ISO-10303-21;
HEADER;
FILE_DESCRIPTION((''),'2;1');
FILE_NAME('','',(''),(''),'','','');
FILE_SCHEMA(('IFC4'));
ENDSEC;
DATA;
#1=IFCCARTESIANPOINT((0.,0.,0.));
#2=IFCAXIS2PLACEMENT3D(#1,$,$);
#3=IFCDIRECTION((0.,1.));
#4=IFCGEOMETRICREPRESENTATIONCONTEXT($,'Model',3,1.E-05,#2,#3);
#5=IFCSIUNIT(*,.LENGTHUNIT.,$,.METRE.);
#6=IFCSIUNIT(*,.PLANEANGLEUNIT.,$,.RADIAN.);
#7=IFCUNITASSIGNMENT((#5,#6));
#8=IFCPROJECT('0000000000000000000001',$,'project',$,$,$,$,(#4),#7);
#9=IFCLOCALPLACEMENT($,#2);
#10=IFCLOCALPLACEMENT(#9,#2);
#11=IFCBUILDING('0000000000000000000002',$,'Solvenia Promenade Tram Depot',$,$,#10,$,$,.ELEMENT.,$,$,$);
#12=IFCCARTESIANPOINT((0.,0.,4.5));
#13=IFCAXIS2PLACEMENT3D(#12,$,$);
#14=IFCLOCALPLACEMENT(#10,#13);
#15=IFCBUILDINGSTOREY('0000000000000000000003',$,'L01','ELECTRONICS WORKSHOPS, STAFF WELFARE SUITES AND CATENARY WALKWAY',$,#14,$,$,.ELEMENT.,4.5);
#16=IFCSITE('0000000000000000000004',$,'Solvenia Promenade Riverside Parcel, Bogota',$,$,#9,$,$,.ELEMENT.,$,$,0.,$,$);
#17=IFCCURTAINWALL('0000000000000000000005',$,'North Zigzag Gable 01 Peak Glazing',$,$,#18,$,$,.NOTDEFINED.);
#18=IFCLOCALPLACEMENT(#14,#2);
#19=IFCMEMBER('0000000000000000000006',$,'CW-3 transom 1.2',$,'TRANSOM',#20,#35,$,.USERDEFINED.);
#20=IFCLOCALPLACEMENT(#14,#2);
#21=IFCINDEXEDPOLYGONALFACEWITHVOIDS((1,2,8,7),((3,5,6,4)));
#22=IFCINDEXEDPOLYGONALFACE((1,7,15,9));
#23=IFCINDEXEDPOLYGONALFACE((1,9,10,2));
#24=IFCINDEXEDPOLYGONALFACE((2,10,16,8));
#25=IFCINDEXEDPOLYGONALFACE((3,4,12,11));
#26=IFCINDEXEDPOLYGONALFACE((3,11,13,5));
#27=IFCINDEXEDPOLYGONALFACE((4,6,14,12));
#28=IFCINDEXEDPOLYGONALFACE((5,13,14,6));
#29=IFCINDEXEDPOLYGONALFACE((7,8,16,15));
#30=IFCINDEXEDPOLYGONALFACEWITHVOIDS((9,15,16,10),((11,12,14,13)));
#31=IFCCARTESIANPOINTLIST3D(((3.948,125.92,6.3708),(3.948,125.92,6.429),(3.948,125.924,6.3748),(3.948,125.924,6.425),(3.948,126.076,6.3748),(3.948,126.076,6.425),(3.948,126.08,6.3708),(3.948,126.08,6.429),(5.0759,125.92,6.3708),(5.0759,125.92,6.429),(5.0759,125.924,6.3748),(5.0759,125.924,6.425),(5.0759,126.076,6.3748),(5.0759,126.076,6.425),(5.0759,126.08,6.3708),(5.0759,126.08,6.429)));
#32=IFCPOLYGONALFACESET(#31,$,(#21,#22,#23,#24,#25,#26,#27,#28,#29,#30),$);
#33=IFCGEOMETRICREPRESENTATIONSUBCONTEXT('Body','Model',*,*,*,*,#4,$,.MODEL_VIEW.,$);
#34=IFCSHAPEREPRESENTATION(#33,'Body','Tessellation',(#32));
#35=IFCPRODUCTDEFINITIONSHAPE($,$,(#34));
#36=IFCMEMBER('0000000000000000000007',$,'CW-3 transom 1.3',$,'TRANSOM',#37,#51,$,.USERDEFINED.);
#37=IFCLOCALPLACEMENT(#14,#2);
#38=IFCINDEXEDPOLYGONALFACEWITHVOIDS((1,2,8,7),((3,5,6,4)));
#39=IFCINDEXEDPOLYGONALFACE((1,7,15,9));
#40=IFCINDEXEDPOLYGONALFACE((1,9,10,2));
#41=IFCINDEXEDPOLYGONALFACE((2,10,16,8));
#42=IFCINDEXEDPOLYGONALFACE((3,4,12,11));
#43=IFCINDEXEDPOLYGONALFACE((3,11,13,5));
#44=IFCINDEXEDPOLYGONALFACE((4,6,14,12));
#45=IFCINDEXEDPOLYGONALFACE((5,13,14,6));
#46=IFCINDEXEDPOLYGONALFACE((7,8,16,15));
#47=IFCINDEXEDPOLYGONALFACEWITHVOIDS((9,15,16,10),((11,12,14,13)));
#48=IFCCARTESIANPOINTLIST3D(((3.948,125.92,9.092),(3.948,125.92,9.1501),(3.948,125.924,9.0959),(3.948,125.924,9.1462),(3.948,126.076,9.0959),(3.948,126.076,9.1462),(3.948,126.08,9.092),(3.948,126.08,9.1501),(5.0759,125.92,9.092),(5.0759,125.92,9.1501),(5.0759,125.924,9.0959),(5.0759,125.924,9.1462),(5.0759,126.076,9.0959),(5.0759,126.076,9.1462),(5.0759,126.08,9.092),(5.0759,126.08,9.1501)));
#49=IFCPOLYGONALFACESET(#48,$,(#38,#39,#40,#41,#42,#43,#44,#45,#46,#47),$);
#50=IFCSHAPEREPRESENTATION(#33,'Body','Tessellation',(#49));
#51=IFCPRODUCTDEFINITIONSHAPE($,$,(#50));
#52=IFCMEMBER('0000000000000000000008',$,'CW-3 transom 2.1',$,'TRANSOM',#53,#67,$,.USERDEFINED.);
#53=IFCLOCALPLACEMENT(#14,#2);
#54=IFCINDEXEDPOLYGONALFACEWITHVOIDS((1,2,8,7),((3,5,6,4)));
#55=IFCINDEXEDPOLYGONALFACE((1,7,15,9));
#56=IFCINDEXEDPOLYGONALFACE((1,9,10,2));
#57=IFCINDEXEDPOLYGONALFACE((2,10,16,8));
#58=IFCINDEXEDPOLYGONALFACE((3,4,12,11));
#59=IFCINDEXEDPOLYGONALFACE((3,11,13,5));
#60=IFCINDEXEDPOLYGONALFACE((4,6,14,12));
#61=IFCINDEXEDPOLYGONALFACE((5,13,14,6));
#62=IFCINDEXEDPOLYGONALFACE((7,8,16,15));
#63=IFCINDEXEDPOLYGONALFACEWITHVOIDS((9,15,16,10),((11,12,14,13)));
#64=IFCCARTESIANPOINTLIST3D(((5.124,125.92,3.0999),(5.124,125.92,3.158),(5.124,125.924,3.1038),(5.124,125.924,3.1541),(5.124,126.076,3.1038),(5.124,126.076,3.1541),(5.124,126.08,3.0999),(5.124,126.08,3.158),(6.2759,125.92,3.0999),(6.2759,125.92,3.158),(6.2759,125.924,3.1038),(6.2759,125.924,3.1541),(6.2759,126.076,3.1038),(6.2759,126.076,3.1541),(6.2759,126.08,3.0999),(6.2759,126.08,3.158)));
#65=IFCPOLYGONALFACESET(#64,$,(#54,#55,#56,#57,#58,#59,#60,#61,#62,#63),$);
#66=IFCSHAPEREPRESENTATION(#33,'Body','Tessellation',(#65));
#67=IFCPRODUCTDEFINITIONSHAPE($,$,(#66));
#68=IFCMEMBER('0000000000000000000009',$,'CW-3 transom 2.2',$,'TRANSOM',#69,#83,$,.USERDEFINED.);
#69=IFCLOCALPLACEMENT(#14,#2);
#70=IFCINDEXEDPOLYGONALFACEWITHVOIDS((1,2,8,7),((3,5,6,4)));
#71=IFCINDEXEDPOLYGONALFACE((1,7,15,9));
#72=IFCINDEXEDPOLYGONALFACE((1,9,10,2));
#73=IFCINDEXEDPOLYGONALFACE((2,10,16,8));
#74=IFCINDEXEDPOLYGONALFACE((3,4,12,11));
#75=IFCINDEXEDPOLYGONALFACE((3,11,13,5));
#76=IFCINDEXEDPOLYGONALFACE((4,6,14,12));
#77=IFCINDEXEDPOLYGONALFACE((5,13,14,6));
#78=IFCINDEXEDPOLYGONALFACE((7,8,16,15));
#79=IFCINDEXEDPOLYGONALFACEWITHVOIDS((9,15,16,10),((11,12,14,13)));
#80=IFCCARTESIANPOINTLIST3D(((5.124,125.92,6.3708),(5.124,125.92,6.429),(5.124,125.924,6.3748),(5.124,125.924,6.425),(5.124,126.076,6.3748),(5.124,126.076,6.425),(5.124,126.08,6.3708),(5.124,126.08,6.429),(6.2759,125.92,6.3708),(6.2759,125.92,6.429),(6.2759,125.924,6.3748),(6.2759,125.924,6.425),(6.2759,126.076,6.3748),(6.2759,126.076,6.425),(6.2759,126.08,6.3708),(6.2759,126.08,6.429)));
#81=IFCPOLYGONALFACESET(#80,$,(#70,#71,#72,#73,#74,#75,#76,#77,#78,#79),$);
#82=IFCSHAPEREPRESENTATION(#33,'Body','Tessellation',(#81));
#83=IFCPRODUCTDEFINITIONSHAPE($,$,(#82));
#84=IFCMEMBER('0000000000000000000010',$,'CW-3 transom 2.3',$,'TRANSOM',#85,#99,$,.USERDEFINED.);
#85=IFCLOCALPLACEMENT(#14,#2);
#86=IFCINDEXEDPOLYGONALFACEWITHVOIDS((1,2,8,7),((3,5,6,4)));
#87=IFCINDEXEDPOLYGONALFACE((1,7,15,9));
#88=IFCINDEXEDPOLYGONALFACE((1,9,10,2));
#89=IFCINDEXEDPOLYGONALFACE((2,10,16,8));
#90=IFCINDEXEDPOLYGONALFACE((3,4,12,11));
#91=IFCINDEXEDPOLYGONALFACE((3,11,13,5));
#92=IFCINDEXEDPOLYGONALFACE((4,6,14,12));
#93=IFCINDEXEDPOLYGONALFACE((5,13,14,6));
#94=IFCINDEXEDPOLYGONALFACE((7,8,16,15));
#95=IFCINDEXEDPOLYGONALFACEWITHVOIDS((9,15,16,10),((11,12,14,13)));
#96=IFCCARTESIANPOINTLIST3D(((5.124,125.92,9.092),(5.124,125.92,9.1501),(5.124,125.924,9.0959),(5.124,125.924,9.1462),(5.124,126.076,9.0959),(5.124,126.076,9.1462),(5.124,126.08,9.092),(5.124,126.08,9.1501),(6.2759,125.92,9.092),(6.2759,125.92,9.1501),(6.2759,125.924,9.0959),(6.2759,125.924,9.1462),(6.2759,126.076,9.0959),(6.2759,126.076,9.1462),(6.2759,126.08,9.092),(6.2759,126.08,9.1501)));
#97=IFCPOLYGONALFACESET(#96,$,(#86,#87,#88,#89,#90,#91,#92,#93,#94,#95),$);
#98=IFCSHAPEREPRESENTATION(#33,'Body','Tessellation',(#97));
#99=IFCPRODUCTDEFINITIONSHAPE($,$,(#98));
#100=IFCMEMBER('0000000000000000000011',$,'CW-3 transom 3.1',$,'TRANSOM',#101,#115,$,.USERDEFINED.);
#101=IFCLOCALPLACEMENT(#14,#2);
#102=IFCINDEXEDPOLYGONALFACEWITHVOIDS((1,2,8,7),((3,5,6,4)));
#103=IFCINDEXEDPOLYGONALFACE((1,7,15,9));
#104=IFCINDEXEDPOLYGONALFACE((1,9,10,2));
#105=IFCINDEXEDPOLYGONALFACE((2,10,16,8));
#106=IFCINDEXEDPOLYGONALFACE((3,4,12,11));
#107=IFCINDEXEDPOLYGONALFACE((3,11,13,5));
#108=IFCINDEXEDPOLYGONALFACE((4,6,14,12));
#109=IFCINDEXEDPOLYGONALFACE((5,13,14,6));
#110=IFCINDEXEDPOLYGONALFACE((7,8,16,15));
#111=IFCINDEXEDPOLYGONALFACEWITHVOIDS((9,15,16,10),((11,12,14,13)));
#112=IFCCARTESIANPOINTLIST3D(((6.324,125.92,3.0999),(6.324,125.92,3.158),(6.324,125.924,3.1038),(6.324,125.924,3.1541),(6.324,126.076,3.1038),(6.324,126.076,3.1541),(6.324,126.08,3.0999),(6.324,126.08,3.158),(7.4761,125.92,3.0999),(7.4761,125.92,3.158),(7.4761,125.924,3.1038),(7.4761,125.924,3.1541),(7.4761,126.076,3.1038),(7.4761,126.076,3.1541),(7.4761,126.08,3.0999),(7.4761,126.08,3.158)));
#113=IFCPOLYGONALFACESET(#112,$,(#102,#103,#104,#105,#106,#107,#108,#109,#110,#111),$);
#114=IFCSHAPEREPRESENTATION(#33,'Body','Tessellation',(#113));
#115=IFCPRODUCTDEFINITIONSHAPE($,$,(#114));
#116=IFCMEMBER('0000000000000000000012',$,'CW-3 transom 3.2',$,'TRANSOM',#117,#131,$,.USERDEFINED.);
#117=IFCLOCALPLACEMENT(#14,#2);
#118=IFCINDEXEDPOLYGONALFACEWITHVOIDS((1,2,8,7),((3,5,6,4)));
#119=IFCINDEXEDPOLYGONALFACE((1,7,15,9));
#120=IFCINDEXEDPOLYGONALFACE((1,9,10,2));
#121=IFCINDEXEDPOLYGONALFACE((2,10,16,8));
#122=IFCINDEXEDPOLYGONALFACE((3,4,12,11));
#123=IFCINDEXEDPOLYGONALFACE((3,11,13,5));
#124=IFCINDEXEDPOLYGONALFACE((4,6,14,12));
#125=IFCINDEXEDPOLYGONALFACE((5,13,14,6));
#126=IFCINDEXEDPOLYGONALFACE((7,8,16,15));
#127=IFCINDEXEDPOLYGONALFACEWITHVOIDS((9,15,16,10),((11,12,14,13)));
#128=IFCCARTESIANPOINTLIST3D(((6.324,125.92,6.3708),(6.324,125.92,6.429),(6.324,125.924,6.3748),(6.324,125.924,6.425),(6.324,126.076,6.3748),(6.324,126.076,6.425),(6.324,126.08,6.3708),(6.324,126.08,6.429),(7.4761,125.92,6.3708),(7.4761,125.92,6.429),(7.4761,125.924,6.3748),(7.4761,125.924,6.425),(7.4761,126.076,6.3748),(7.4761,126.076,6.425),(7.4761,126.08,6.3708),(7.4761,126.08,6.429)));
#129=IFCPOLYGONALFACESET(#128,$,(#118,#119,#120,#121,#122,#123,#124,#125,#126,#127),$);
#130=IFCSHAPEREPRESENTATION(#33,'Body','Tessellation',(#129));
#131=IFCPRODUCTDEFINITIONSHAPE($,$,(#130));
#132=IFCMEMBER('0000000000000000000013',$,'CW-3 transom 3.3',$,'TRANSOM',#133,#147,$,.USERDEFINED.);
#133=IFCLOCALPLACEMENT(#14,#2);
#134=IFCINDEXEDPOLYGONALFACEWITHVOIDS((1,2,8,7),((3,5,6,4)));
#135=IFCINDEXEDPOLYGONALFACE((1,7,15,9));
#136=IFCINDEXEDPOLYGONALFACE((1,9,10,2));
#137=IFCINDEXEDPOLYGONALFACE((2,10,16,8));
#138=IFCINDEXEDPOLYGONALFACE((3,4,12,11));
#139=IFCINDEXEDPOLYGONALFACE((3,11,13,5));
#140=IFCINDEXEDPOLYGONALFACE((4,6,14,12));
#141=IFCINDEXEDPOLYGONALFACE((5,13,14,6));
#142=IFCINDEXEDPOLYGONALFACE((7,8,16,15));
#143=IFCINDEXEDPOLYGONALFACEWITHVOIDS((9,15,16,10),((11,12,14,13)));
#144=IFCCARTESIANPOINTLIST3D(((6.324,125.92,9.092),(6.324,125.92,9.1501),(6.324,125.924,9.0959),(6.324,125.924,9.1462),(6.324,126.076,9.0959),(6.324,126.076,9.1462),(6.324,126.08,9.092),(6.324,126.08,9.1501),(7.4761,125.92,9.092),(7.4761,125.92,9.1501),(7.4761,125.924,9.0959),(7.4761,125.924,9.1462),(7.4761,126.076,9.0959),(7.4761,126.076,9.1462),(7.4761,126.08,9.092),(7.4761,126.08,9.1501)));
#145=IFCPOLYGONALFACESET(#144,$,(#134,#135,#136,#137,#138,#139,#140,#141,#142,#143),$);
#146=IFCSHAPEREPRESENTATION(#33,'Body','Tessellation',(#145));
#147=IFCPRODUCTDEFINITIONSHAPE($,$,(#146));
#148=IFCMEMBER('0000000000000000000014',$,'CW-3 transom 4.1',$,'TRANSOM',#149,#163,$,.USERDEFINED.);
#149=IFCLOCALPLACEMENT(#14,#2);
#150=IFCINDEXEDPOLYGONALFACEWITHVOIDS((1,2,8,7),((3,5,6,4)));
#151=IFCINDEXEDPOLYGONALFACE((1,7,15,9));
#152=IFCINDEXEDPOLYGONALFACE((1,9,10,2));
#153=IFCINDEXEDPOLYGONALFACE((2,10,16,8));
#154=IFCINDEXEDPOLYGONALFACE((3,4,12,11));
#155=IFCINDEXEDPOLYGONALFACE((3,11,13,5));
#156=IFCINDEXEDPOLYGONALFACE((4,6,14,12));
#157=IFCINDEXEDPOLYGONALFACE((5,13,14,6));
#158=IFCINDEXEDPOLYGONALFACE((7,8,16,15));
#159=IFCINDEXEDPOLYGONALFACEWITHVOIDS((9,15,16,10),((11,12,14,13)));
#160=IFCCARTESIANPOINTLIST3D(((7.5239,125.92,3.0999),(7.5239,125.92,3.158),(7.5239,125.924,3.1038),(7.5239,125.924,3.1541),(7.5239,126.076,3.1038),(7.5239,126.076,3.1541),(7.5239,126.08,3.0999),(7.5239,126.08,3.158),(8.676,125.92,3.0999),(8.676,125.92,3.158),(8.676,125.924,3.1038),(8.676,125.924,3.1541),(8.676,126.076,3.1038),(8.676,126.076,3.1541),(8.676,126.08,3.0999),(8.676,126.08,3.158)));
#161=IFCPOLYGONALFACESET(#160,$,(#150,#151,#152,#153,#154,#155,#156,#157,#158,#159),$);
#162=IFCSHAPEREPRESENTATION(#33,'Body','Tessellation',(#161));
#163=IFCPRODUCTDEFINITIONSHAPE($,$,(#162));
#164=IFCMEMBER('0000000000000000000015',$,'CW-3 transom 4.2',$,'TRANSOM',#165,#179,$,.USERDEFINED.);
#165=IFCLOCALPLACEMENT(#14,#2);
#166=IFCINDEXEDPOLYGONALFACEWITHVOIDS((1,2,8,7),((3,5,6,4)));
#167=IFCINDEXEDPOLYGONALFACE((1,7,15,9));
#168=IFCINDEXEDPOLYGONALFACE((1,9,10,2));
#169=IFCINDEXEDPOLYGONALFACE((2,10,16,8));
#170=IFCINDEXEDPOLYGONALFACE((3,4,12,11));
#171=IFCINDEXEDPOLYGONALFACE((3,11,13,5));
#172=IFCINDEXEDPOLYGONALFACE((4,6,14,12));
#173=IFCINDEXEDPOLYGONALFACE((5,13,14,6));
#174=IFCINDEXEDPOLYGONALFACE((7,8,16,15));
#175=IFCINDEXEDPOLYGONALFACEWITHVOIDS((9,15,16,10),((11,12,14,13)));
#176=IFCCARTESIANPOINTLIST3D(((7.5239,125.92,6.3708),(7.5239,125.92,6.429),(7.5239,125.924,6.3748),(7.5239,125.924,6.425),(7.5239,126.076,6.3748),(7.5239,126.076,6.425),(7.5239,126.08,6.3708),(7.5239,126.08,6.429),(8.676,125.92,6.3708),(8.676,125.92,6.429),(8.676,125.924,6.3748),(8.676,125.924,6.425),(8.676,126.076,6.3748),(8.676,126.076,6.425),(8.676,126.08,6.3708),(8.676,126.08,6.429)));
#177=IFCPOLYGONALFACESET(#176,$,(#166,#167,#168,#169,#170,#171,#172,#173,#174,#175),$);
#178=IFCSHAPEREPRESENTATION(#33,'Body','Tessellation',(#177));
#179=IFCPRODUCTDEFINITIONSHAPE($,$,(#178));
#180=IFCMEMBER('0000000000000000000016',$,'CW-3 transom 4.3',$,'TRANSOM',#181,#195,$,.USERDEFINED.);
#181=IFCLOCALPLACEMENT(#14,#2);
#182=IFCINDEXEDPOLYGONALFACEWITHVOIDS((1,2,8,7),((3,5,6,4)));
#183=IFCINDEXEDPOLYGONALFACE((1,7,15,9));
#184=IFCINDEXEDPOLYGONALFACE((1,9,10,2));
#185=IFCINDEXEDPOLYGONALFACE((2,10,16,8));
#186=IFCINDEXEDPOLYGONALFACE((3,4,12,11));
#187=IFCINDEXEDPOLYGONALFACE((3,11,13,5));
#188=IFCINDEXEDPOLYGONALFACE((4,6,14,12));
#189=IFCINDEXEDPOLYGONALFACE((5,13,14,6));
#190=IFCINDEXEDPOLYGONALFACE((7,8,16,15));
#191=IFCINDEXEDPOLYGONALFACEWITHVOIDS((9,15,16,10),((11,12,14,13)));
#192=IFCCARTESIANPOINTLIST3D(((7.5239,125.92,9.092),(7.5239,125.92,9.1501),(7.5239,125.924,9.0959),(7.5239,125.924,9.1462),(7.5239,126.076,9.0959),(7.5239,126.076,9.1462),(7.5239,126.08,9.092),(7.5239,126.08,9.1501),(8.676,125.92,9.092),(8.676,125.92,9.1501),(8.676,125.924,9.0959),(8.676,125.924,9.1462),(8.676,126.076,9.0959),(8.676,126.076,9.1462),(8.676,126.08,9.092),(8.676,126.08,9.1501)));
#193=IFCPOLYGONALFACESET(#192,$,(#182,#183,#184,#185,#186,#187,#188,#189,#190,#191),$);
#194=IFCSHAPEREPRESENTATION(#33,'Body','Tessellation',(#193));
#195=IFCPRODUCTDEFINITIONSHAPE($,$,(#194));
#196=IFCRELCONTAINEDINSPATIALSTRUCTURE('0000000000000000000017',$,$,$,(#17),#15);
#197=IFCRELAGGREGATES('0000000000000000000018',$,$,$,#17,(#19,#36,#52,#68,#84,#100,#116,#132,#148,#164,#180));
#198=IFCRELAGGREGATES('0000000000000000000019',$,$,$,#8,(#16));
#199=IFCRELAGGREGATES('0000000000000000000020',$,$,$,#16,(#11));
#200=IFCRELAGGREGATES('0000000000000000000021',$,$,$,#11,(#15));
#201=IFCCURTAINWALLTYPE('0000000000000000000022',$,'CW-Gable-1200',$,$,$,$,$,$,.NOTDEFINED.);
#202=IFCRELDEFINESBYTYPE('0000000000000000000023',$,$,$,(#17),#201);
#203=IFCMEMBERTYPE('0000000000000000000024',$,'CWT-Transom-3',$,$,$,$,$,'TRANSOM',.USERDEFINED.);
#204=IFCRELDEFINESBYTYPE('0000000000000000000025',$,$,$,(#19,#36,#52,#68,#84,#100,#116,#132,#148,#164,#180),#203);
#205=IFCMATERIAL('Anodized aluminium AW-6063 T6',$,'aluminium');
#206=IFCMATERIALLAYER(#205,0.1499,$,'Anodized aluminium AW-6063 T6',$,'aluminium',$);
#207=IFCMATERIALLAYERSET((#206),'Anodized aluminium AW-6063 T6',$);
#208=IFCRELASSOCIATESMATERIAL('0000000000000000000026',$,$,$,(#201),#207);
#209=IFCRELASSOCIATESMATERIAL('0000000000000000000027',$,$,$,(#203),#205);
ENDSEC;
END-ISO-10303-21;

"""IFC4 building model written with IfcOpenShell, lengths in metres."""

from ifc_helpers import new_model, si_unit, direction, frame, origin, origin_2d, place, context, subcontext, project, spatial, hollow_rectangle, extrude, material, layer, layer_set, material_profile, profile_set, type_object, element, aggregate, save


model = new_model("IFC4")

# Units and contexts
model_context = context("Model", 3, precision=1e-05, world=origin(), true_north=direction((0.0, 1.0)))
body_context = subcontext(model_context, "Body", "Model", "MODEL_VIEW")
ifc_project = project(units=[si_unit("LENGTHUNIT", "METRE"), si_unit("PLANEANGLEUNIT", "RADIAN")], contexts=[model_context])

# Site, building, storey
site_placement = place(None, origin())
site = spatial("IfcSite", under=ifc_project, at=site_placement, Name="Solvenia Promenade Riverside Parcel, Bogota", CompositionType="ELEMENT", RefElevation=0.0)
building_placement = place(site_placement, origin())
building = spatial("IfcBuilding", under=site, at=building_placement, Name="Solvenia Promenade Tram Depot", CompositionType="ELEMENT")
storey_placement = place(building_placement, frame((0.0, 0.0, 4.5)))
storey = spatial("IfcBuildingStorey", under=building, at=storey_placement, Name="L01", Description="ELECTRONICS WORKSHOPS, STAFF WELFARE SUITES AND CATENARY WALKWAY", CompositionType="ELEMENT", Elevation=4.5)

# Curtain wall, members
ifc_material_1 = material(Name="Anodized aluminium AW-6063 T6", Category="aluminium")
ifc_layer_1 = layer(ifc_material_1, 0.1499, Name="Anodized aluminium AW-6063 T6", Category="aluminium")
ifc_layer_set_1 = layer_set([ifc_layer_1], Name="Anodized aluminium AW-6063 T6")
curtain_wall_type = type_object("IfcCurtainWallType", Name="CW-Gable-1200", PredefinedType="NOTDEFINED", material=ifc_layer_set_1)
curtain_wall_placement = place(storey_placement, origin())
curtain_wall = element("IfcCurtainWall", 1, at=curtain_wall_placement, inside=storey, type_object=curtain_wall_type, Name="North Zigzag Gable 01 Peak Glazing", PredefinedType="NOTDEFINED")
ifc_material_profile_1 = material_profile(ifc_material_1, hollow_rectangle(XDim=0.1599, YDim=0.0581, WallThickness=0.0039, at=origin_2d()), Name="ALU-T3", Category="aluminium")
ifc_profile_set_1 = profile_set([ifc_material_profile_1], Name="Anodized aluminium AW-6063 T6")
member_type_1 = type_object("IfcMemberType", Name="CWT-Transom-3", ElementType="TRANSOM", PredefinedType="USERDEFINED", material=ifc_profile_set_1)
member_1_placement = place(storey_placement, frame((3.948, 126.0, 6.3999), z_axis=(1.0, 0.0, 0.0), x_axis=(0.0, 1.0, 0.0)))
member_1 = element("IfcMember", 2, at=member_1_placement, type_object=member_type_1, Name="CW-3 transom 1.2", ObjectType="TRANSOM", PredefinedType="USERDEFINED", context=body_context, shape_type="SweptSolid", body=[
    extrude(hollow_rectangle(XDim=0.1599, YDim=0.0581, WallThickness=0.0039, at=origin_2d()), origin(), (0.0, 0.0, 1.0), 1.1279),
])
member_2_placement = place(storey_placement, frame((3.948, 126.0, 9.1211), z_axis=(1.0, 0.0, 0.0), x_axis=(0.0, 1.0, 0.0)))
member_2 = element("IfcMember", 3, at=member_2_placement, type_object=member_type_1, Name="CW-3 transom 1.3", ObjectType="TRANSOM", PredefinedType="USERDEFINED", context=body_context, shape_type="SweptSolid", body=[
    extrude(hollow_rectangle(XDim=0.1599, YDim=0.0581, WallThickness=0.0039, at=origin_2d()), origin(), (0.0, 0.0, 1.0), 1.1279),
])
member_3_placement = place(storey_placement, frame((5.124, 126.0, 3.1289), z_axis=(1.0, 0.0, 0.0), x_axis=(0.0, 1.0, 0.0)))
member_3 = element("IfcMember", 4, at=member_3_placement, type_object=member_type_1, Name="CW-3 transom 2.1", ObjectType="TRANSOM", PredefinedType="USERDEFINED", context=body_context, shape_type="SweptSolid", body=[
    extrude(hollow_rectangle(XDim=0.1599, YDim=0.0581, WallThickness=0.0039, at=origin_2d()), origin(), (0.0, 0.0, 1.0), 1.1519),
])
member_4_placement = place(storey_placement, frame((5.124, 126.0, 6.3999), z_axis=(1.0, 0.0, 0.0), x_axis=(0.0, 1.0, 0.0)))
member_4 = element("IfcMember", 5, at=member_4_placement, type_object=member_type_1, Name="CW-3 transom 2.2", ObjectType="TRANSOM", PredefinedType="USERDEFINED", context=body_context, shape_type="SweptSolid", body=[
    extrude(hollow_rectangle(XDim=0.1599, YDim=0.0581, WallThickness=0.0039, at=origin_2d()), origin(), (0.0, 0.0, 1.0), 1.1519),
])
member_5_placement = place(storey_placement, frame((5.124, 126.0, 9.1211), z_axis=(1.0, 0.0, 0.0), x_axis=(0.0, 1.0, 0.0)))
member_5 = element("IfcMember", 6, at=member_5_placement, type_object=member_type_1, Name="CW-3 transom 2.3", ObjectType="TRANSOM", PredefinedType="USERDEFINED", context=body_context, shape_type="SweptSolid", body=[
    extrude(hollow_rectangle(XDim=0.1599, YDim=0.0581, WallThickness=0.0039, at=origin_2d()), origin(), (0.0, 0.0, 1.0), 1.1519),
])
member_6_placement = place(storey_placement, frame((6.324, 126.0, 3.1289), z_axis=(1.0, 0.0, 0.0), x_axis=(0.0, 1.0, 0.0)))
member_6 = element("IfcMember", 7, at=member_6_placement, type_object=member_type_1, Name="CW-3 transom 3.1", ObjectType="TRANSOM", PredefinedType="USERDEFINED", context=body_context, shape_type="SweptSolid", body=[
    extrude(hollow_rectangle(XDim=0.1599, YDim=0.0581, WallThickness=0.0039, at=origin_2d()), origin(), (0.0, 0.0, 1.0), 1.1521),
])
member_7_placement = place(storey_placement, frame((6.324, 126.0, 6.3999), z_axis=(1.0, 0.0, 0.0), x_axis=(0.0, 1.0, 0.0)))
member_7 = element("IfcMember", 8, at=member_7_placement, type_object=member_type_1, Name="CW-3 transom 3.2", ObjectType="TRANSOM", PredefinedType="USERDEFINED", context=body_context, shape_type="SweptSolid", body=[
    extrude(hollow_rectangle(XDim=0.1599, YDim=0.0581, WallThickness=0.0039, at=origin_2d()), origin(), (0.0, 0.0, 1.0), 1.1521),
])
member_8_placement = place(storey_placement, frame((6.324, 126.0, 9.1211), z_axis=(1.0, 0.0, 0.0), x_axis=(0.0, 1.0, 0.0)))
member_8 = element("IfcMember", 9, at=member_8_placement, type_object=member_type_1, Name="CW-3 transom 3.3", ObjectType="TRANSOM", PredefinedType="USERDEFINED", context=body_context, shape_type="SweptSolid", body=[
    extrude(hollow_rectangle(XDim=0.1599, YDim=0.0581, WallThickness=0.0039, at=origin_2d()), origin(), (0.0, 0.0, 1.0), 1.1521),
])
member_9_placement = place(storey_placement, frame((7.5239, 126.0, 3.1289), z_axis=(1.0, 0.0, 0.0), x_axis=(0.0, 1.0, 0.0)))
member_9 = element("IfcMember", 10, at=member_9_placement, type_object=member_type_1, Name="CW-3 transom 4.1", ObjectType="TRANSOM", PredefinedType="USERDEFINED", context=body_context, shape_type="SweptSolid", body=[
    extrude(hollow_rectangle(XDim=0.1599, YDim=0.0581, WallThickness=0.0039, at=origin_2d()), origin(), (0.0, 0.0, 1.0), 1.1521),
])
member_10_placement = place(storey_placement, frame((7.5239, 126.0, 6.3999), z_axis=(1.0, 0.0, 0.0), x_axis=(0.0, 1.0, 0.0)))
member_10 = element("IfcMember", 11, at=member_10_placement, type_object=member_type_1, Name="CW-3 transom 4.2", ObjectType="TRANSOM", PredefinedType="USERDEFINED", context=body_context, shape_type="SweptSolid", body=[
    extrude(hollow_rectangle(XDim=0.1599, YDim=0.0581, WallThickness=0.0039, at=origin_2d()), origin(), (0.0, 0.0, 1.0), 1.1521),
])
member_11_placement = place(storey_placement, frame((7.5239, 126.0, 9.1211), z_axis=(1.0, 0.0, 0.0), x_axis=(0.0, 1.0, 0.0)))
member_11 = element("IfcMember", 12, at=member_11_placement, type_object=member_type_1, Name="CW-3 transom 4.3", ObjectType="TRANSOM", PredefinedType="USERDEFINED", context=body_context, shape_type="SweptSolid", body=[
    extrude(hollow_rectangle(XDim=0.1599, YDim=0.0581, WallThickness=0.0039, at=origin_2d()), origin(), (0.0, 0.0, 1.0), 1.1521),
])

aggregate(curtain_wall, [member_1, member_2, member_3, member_4, member_5, member_6, member_7, member_8, member_9, member_10, member_11])

save(model, "model.ifc")
